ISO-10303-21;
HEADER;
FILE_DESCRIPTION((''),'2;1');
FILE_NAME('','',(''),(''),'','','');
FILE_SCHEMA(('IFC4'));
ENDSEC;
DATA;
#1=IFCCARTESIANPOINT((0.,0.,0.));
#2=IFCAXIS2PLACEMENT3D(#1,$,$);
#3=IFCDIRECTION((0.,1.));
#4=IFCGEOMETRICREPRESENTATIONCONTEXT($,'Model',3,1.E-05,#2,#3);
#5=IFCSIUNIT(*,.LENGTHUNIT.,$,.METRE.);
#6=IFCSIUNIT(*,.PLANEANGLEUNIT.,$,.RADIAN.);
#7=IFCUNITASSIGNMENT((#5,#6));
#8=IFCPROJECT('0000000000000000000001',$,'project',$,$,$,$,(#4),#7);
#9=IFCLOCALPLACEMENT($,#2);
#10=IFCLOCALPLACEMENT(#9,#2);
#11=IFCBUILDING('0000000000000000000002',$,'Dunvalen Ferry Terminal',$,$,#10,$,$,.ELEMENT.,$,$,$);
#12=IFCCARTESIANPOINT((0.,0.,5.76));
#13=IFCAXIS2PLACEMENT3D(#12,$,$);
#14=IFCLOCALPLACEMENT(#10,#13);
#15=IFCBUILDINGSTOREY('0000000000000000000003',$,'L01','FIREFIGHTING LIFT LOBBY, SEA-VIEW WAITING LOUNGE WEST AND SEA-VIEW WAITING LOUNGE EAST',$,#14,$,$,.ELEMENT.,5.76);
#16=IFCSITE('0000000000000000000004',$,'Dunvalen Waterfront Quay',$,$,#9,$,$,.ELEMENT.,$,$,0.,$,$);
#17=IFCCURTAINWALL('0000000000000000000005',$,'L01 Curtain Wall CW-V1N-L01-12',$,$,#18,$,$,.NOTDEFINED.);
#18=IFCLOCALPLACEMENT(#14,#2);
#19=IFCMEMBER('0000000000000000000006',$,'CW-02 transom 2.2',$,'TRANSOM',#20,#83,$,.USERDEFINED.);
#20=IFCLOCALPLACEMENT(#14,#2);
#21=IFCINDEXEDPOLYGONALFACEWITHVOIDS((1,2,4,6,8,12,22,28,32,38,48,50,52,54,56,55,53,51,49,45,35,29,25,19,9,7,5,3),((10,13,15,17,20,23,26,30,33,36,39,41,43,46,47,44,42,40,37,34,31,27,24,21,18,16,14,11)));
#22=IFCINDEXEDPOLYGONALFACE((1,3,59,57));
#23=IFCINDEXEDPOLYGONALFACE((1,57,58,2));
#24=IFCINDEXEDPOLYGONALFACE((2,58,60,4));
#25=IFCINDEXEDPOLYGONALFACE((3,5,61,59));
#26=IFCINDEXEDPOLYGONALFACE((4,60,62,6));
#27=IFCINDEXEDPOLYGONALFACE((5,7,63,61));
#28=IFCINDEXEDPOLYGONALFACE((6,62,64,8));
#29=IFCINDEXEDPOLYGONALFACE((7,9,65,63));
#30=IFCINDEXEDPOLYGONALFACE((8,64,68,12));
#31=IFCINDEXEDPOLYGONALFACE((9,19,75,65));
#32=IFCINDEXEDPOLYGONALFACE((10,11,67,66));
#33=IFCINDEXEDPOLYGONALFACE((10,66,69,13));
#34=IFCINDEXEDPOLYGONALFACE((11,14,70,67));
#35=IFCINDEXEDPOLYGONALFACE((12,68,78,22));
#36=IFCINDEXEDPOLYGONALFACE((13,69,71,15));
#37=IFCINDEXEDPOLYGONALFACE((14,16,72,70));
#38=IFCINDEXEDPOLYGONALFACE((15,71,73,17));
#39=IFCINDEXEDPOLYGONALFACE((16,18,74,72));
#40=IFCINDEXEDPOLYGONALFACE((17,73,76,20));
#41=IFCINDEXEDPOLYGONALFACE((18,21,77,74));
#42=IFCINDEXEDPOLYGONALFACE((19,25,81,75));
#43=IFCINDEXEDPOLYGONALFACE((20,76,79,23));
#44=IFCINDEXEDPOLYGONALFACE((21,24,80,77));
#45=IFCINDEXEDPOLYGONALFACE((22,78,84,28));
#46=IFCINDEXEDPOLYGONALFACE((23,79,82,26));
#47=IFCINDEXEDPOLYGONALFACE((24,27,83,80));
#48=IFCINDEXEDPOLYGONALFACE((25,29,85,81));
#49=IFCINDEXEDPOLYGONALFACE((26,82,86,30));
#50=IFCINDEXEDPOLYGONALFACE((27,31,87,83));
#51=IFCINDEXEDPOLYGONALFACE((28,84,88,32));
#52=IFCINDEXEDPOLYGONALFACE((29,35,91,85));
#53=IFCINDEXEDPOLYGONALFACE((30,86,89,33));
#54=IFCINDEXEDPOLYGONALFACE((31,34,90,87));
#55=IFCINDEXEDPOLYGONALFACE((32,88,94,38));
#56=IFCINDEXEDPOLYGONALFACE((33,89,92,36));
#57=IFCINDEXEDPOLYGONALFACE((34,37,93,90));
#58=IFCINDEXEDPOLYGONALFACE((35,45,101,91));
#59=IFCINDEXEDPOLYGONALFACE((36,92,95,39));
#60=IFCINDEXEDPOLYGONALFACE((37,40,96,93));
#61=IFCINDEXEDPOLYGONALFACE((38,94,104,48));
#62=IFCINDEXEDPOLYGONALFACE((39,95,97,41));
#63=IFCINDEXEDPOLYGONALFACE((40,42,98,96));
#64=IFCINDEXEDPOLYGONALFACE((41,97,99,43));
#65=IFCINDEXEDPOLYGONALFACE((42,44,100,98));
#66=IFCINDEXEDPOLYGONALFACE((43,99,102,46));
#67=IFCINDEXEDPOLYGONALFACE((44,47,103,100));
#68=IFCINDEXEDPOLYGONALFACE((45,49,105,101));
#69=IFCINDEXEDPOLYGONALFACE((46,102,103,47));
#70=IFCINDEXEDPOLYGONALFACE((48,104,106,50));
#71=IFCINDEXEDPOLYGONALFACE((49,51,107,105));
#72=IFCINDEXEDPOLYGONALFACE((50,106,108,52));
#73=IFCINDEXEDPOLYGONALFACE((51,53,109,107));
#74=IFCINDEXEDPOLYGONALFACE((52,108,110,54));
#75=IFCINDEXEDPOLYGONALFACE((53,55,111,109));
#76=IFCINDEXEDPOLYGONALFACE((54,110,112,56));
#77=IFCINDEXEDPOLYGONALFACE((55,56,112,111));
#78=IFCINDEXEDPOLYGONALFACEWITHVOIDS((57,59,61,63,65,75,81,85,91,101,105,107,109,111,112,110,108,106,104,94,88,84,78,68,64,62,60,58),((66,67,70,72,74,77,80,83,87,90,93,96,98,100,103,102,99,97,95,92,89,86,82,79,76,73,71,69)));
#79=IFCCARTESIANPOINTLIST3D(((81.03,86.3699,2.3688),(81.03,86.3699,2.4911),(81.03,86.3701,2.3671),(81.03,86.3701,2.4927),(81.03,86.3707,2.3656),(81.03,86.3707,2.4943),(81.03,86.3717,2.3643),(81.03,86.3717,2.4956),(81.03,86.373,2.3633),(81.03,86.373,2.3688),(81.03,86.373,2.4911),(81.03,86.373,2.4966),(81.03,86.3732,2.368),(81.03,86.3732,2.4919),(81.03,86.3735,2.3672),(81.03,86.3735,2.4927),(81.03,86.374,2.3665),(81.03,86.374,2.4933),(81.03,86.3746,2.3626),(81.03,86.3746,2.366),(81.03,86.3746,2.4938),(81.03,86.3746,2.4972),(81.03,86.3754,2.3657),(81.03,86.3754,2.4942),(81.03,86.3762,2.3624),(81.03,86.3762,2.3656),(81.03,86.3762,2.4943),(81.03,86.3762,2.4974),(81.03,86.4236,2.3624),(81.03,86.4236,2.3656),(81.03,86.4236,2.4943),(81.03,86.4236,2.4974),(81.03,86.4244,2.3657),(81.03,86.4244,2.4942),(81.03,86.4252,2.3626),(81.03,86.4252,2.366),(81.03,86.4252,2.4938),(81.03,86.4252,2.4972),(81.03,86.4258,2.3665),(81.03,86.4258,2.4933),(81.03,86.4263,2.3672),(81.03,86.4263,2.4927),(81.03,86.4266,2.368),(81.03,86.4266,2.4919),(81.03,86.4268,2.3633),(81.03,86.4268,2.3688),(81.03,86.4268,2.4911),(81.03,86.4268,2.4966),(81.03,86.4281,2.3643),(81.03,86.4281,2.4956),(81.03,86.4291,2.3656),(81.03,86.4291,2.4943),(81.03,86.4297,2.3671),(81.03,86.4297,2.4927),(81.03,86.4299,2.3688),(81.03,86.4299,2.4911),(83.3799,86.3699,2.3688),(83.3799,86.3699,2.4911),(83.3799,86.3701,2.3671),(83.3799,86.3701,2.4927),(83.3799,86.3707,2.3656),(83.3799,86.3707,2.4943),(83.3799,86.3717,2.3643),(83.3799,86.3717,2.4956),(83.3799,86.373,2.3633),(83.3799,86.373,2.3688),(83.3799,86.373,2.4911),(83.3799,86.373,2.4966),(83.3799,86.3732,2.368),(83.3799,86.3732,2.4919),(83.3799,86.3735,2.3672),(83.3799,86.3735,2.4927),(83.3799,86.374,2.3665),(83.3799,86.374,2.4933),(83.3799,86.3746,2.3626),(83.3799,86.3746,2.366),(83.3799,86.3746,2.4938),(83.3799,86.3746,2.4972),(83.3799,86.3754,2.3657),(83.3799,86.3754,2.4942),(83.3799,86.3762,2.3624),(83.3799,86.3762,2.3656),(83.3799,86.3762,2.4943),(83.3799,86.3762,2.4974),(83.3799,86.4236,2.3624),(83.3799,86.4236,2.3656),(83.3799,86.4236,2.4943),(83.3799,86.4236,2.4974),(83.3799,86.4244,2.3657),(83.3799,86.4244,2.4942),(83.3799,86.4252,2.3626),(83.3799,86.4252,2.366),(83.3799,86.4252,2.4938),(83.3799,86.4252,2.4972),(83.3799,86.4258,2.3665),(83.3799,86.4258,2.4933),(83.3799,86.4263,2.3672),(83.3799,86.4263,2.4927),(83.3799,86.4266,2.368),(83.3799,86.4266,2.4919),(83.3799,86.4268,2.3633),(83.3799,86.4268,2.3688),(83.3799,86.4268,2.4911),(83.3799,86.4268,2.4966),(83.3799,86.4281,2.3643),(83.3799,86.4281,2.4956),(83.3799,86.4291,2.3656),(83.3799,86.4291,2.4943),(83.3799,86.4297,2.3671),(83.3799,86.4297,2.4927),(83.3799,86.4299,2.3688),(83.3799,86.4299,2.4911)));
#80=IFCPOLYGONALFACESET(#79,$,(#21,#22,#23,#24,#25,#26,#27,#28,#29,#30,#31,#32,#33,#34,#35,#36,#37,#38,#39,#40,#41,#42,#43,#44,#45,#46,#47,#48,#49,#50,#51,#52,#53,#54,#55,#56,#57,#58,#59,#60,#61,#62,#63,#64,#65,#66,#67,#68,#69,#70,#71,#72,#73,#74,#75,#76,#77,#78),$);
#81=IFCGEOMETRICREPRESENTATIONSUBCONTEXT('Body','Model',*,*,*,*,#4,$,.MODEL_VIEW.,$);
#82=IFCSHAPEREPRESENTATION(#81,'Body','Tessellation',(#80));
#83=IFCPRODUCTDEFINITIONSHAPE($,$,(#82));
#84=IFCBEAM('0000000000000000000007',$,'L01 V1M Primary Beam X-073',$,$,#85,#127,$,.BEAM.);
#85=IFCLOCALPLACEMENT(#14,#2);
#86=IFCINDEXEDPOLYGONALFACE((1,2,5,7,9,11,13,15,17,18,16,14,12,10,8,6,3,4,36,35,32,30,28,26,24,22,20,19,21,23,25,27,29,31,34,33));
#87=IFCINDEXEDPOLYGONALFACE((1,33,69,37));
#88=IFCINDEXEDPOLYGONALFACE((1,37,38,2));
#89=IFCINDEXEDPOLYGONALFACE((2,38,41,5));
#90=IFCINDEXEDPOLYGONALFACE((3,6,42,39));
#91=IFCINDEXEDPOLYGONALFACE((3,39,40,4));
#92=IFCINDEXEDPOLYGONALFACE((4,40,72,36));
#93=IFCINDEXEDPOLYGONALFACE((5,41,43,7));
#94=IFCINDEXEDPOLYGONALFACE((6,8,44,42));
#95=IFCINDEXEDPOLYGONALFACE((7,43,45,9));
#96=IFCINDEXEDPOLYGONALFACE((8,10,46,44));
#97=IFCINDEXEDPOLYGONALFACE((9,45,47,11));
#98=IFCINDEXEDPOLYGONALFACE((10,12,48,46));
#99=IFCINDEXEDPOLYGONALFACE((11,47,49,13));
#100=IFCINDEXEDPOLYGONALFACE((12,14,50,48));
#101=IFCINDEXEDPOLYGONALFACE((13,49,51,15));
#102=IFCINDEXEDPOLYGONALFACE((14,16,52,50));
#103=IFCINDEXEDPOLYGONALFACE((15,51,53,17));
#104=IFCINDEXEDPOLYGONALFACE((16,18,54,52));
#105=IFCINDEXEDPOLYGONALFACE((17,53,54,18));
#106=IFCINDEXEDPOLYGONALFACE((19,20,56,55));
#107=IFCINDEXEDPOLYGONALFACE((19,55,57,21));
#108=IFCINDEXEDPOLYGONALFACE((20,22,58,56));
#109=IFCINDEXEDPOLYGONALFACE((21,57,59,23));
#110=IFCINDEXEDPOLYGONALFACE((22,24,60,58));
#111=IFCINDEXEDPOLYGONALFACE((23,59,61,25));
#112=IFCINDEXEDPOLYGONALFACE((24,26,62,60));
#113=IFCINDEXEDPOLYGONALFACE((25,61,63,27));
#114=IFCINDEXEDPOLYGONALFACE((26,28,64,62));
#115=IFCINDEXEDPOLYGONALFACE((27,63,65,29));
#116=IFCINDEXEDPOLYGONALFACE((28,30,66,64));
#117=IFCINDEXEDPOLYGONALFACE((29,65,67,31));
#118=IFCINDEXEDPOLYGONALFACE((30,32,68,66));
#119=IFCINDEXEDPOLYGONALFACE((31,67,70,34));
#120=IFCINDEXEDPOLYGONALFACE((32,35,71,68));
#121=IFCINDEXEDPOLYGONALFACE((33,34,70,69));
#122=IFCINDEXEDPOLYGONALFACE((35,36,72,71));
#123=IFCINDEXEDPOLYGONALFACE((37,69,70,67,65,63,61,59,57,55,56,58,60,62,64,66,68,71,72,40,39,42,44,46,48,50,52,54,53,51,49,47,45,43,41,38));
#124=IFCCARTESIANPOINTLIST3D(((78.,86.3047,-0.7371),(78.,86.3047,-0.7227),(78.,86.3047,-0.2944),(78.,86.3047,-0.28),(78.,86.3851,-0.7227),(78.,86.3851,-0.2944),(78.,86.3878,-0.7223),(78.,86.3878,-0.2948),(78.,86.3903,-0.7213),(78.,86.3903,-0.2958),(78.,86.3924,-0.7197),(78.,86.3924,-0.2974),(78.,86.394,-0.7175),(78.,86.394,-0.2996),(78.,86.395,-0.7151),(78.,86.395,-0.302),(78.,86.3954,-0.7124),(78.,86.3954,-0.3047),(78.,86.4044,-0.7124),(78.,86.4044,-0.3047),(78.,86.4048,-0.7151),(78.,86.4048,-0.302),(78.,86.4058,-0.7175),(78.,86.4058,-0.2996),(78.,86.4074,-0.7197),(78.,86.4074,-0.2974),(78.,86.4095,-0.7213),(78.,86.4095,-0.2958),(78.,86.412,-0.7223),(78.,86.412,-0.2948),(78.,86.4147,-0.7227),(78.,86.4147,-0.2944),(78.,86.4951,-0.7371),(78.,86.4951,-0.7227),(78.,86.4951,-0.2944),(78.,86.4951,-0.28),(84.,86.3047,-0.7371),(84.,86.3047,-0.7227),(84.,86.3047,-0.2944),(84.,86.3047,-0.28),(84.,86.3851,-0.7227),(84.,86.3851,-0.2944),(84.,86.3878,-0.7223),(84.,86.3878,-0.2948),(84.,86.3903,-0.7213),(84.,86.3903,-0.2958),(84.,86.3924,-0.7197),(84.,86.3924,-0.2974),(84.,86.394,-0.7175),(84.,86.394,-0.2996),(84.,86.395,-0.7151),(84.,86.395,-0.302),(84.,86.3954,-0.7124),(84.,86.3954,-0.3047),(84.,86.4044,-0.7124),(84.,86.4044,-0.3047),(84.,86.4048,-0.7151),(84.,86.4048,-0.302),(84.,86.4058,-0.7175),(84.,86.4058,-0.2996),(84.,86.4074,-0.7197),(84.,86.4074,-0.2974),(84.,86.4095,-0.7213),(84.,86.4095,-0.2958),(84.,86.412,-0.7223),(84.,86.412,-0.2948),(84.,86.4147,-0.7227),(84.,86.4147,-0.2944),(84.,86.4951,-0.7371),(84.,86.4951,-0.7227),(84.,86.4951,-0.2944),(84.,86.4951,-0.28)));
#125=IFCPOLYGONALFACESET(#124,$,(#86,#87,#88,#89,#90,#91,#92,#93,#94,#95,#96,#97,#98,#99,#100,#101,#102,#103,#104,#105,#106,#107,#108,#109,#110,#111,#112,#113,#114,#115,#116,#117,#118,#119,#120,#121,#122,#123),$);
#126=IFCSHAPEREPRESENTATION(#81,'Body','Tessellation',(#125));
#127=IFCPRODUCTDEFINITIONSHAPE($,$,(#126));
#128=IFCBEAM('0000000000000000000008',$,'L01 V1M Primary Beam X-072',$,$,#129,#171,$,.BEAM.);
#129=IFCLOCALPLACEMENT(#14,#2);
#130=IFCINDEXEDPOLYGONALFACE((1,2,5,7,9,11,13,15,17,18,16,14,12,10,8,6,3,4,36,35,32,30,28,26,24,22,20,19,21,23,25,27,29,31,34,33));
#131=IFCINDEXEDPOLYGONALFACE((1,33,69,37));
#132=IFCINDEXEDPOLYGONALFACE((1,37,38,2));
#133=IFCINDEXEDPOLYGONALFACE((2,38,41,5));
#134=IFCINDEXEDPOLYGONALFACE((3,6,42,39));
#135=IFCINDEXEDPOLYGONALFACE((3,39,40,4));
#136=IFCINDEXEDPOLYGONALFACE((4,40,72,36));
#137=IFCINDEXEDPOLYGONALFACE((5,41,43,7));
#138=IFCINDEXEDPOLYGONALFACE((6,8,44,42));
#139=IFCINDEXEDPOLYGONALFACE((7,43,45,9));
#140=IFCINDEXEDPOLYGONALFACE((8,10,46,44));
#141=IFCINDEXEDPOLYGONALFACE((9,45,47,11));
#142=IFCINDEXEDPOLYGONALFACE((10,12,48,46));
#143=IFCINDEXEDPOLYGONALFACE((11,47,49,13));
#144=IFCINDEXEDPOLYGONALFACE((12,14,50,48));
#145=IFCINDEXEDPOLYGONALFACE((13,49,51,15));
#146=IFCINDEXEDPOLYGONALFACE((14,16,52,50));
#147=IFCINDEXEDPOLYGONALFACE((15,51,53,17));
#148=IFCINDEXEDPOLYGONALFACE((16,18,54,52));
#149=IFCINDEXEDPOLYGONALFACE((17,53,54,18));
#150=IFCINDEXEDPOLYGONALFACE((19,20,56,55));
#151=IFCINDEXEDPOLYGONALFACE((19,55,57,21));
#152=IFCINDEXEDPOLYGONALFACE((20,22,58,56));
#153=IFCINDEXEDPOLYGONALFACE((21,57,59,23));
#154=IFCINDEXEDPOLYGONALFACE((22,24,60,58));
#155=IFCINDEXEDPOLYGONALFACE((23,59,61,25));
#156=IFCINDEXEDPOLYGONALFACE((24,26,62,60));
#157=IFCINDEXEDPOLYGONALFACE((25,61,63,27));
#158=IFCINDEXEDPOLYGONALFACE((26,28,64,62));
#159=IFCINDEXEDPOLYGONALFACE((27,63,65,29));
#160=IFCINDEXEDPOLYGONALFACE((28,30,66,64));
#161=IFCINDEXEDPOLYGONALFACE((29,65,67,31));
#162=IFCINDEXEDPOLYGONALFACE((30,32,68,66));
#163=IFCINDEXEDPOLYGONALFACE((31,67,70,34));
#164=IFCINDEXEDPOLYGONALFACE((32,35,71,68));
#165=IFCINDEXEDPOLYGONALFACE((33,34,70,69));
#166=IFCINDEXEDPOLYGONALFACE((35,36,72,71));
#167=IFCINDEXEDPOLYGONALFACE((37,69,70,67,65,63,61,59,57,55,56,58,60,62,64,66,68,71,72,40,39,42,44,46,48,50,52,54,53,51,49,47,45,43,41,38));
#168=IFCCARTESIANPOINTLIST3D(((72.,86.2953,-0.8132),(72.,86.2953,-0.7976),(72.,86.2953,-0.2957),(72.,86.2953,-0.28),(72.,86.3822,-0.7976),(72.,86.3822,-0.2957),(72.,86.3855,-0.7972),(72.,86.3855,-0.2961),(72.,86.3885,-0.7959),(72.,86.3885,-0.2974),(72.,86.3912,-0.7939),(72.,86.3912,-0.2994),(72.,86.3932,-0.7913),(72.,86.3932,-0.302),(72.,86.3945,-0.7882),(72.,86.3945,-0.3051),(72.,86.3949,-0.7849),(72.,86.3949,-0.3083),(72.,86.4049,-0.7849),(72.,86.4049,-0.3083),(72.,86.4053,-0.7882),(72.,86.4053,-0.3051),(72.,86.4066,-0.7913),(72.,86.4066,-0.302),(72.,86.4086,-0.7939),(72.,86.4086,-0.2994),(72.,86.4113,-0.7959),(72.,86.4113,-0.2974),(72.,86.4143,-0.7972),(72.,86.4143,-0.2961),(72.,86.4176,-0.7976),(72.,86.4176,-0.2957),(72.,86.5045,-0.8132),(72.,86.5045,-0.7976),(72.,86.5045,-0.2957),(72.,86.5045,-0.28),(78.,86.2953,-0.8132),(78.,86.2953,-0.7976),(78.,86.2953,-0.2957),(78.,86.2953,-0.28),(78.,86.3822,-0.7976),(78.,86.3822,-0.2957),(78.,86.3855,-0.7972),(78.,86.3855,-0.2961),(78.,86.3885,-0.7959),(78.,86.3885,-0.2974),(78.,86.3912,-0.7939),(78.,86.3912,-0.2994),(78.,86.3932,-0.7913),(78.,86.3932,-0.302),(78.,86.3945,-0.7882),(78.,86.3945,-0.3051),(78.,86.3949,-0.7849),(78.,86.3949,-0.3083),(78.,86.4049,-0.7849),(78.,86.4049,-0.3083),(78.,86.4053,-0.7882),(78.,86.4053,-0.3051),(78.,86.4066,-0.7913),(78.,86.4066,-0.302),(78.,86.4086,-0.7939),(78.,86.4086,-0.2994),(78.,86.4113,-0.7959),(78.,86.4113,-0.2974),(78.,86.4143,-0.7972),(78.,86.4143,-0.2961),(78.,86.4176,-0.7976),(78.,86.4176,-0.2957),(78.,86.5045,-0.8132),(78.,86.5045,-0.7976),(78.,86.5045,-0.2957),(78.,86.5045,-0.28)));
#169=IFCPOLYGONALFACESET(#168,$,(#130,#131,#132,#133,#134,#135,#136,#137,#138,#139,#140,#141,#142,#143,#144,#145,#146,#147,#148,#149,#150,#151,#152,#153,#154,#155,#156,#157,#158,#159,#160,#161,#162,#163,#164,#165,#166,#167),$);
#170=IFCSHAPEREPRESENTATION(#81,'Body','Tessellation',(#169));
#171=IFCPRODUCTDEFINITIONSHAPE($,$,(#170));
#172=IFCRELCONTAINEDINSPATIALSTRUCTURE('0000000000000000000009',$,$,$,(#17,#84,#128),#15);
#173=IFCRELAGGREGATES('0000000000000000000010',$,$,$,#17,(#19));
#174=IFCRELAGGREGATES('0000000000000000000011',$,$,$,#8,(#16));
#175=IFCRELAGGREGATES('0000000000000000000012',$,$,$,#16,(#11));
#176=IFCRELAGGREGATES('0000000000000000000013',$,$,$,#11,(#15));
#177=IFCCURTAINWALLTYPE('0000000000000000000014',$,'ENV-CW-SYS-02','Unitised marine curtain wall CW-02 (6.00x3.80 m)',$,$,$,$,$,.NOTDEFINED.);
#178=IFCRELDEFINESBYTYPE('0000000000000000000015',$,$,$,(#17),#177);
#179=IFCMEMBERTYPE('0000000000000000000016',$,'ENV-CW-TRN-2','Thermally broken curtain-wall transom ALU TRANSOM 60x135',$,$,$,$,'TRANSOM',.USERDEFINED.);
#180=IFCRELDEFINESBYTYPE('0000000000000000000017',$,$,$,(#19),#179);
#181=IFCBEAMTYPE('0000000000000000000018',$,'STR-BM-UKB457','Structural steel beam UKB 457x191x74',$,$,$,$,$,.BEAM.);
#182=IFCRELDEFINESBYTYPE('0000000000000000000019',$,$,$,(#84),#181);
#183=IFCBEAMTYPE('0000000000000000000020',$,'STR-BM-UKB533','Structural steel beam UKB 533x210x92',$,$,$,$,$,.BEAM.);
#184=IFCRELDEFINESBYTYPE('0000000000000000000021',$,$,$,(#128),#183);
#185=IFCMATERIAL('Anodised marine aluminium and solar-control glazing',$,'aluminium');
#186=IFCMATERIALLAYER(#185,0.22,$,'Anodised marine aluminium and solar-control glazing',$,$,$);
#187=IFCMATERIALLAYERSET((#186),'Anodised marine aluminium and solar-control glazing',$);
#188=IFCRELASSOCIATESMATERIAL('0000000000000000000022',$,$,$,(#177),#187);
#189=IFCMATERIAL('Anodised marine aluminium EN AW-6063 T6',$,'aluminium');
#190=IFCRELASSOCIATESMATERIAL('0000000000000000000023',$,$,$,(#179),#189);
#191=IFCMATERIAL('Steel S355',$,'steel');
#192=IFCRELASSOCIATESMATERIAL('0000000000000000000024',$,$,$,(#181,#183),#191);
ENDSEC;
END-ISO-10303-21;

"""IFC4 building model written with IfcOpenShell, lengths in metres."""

from ifc_helpers import new_model, si_unit, direction, frame, origin, origin_2d, place, context, subcontext, project, spatial, hollow_rectangle, i_section, extrude, material, layer, layer_set, material_profile, profile_set, type_object, element, aggregate, save


model = new_model("IFC4")

# Units and contexts
model_context = context("Model", 3, precision=1e-05, world=origin(), true_north=direction((0.0, 1.0)))
body_context = subcontext(model_context, "Body", "Model", "MODEL_VIEW")
ifc_project = project(units=[si_unit("LENGTHUNIT", "METRE"), si_unit("PLANEANGLEUNIT", "RADIAN")], contexts=[model_context])

# Site, building, storey
site_placement = place(None, origin())
site = spatial("IfcSite", under=ifc_project, at=site_placement, Name="Dunvalen Waterfront Quay", CompositionType="ELEMENT", RefElevation=0.0)
building_placement = place(site_placement, origin())
building = spatial("IfcBuilding", under=site, at=building_placement, Name="Dunvalen Ferry Terminal", CompositionType="ELEMENT")
storey_placement = place(building_placement, frame((0.0, 0.0, 5.76)))
storey = spatial("IfcBuildingStorey", under=building, at=storey_placement, Name="L01", Description="FIREFIGHTING LIFT LOBBY, SEA-VIEW WAITING LOUNGE WEST AND SEA-VIEW WAITING LOUNGE EAST", CompositionType="ELEMENT", Elevation=5.76)

# Curtain wall
ifc_material_1 = material(Name="Anodised marine aluminium and solar-control glazing", Category="aluminium")
ifc_layer_1 = layer(ifc_material_1, 0.22, Name="Anodised marine aluminium and solar-control glazing")
ifc_layer_set_1 = layer_set([ifc_layer_1], Name="Anodised marine aluminium and solar-control glazing")
curtain_wall_type = type_object("IfcCurtainWallType", Name="ENV-CW-SYS-02", Description="Unitised marine curtain wall CW-02 (6.00x3.80 m)", PredefinedType="NOTDEFINED", material=ifc_layer_set_1)
ifc_material_2 = material(Name="Anodised marine aluminium EN AW-6063 T6", Category="aluminium")
curtain_wall_1_placement = place(storey_placement, origin())
curtain_wall_1 = element("IfcCurtainWall", 1, at=curtain_wall_1_placement, inside=storey, type_object=curtain_wall_type, Name="L01 Curtain Wall CW-V1N-L01-12", PredefinedType="NOTDEFINED")

# Member
ifc_material_profile_1 = material_profile(ifc_material_2, hollow_rectangle(XDim=0.0601, YDim=0.135, WallThickness=0.0032, InnerFilletRadius=0.0032, OuterFilletRadius=0.0063, at=origin_2d()), Name="Anodised marine aluminium EN AW-6063 T6")
ifc_profile_set_1 = profile_set([ifc_material_profile_1], Name="Anodised marine aluminium EN AW-6063 T6")
member_type_1 = type_object("IfcMemberType", Name="ENV-CW-TRN-2", Description="Thermally broken curtain-wall transom ALU TRANSOM 60x135", ElementType="TRANSOM", PredefinedType="USERDEFINED", material=ifc_profile_set_1)
member_1_placement = place(storey_placement, frame((81.03, 86.3999, 2.4299), z_axis=(1.0, 0.0, 0.0), x_axis=(0.0, 1.0, 0.0)))
member_1 = element("IfcMember", 2, at=member_1_placement, type_object=member_type_1, Name="CW-02 transom 2.2", ObjectType="TRANSOM", PredefinedType="USERDEFINED", context=body_context, shape_type="SweptSolid", body=[
    extrude(hollow_rectangle(XDim=0.0601, YDim=0.135, WallThickness=0.0032, InnerFilletRadius=0.0032, OuterFilletRadius=0.0063, at=origin_2d()), origin(), (0.0, 0.0, 1.0), 2.3499),
])

# Beams
ifc_material_3 = material(Name="Steel S355", Category="steel")
ifc_material_profile_2 = material_profile(ifc_material_3, i_section(OverallWidth=0.1904, OverallDepth=0.457, WebThickness=0.009, FlangeThickness=0.0144, FilletRadius=0.0103, at=origin_2d()), Name="Steel S355")
ifc_profile_set_2 = profile_set([ifc_material_profile_2], Name="Steel S355")
beam_type_1 = type_object("IfcBeamType", Name="STR-BM-UKB457", Description="Structural steel beam UKB 457x191x74", PredefinedType="BEAM", material=ifc_profile_set_2)
beam_1_placement = place(storey_placement, frame((78.0, 86.3999, -0.5085), z_axis=(1.0, 0.0, 0.0), x_axis=(0.0, 1.0, 0.0)))
element("IfcBeam", 3, at=beam_1_placement, inside=storey, type_object=beam_type_1, Name="L01 V1M Primary Beam X-073", PredefinedType="BEAM", context=body_context, shape_type="SweptSolid", body=[
    extrude(i_section(OverallWidth=0.1904, OverallDepth=0.457, WebThickness=0.009, FlangeThickness=0.0144, FilletRadius=0.0103, at=origin_2d()), origin(), (0.0, 0.0, 1.0), 6.0),
])
ifc_material_profile_3 = material_profile(ifc_material_3, i_section(OverallWidth=0.2092, OverallDepth=0.5332, WebThickness=0.01, FlangeThickness=0.0156, FilletRadius=0.0127, at=origin_2d()), Name="Steel S355")
ifc_profile_set_3 = profile_set([ifc_material_profile_3], Name="Steel S355")
beam_type_2 = type_object("IfcBeamType", Name="STR-BM-UKB533", Description="Structural steel beam UKB 533x210x92", PredefinedType="BEAM", material=ifc_profile_set_3)
beam_2_placement = place(storey_placement, frame((72.0, 86.3999, -0.5466), z_axis=(1.0, 0.0, 0.0), x_axis=(0.0, 1.0, 0.0)))
element("IfcBeam", 4, at=beam_2_placement, inside=storey, type_object=beam_type_2, Name="L01 V1M Primary Beam X-072", PredefinedType="BEAM", context=body_context, shape_type="SweptSolid", body=[
    extrude(i_section(OverallWidth=0.2092, OverallDepth=0.5332, WebThickness=0.01, FlangeThickness=0.0156, FilletRadius=0.0127, at=origin_2d()), origin(), (0.0, 0.0, 1.0), 6.0),
])

aggregate(curtain_wall_1, [member_1])

save(model, "model.ifc")
